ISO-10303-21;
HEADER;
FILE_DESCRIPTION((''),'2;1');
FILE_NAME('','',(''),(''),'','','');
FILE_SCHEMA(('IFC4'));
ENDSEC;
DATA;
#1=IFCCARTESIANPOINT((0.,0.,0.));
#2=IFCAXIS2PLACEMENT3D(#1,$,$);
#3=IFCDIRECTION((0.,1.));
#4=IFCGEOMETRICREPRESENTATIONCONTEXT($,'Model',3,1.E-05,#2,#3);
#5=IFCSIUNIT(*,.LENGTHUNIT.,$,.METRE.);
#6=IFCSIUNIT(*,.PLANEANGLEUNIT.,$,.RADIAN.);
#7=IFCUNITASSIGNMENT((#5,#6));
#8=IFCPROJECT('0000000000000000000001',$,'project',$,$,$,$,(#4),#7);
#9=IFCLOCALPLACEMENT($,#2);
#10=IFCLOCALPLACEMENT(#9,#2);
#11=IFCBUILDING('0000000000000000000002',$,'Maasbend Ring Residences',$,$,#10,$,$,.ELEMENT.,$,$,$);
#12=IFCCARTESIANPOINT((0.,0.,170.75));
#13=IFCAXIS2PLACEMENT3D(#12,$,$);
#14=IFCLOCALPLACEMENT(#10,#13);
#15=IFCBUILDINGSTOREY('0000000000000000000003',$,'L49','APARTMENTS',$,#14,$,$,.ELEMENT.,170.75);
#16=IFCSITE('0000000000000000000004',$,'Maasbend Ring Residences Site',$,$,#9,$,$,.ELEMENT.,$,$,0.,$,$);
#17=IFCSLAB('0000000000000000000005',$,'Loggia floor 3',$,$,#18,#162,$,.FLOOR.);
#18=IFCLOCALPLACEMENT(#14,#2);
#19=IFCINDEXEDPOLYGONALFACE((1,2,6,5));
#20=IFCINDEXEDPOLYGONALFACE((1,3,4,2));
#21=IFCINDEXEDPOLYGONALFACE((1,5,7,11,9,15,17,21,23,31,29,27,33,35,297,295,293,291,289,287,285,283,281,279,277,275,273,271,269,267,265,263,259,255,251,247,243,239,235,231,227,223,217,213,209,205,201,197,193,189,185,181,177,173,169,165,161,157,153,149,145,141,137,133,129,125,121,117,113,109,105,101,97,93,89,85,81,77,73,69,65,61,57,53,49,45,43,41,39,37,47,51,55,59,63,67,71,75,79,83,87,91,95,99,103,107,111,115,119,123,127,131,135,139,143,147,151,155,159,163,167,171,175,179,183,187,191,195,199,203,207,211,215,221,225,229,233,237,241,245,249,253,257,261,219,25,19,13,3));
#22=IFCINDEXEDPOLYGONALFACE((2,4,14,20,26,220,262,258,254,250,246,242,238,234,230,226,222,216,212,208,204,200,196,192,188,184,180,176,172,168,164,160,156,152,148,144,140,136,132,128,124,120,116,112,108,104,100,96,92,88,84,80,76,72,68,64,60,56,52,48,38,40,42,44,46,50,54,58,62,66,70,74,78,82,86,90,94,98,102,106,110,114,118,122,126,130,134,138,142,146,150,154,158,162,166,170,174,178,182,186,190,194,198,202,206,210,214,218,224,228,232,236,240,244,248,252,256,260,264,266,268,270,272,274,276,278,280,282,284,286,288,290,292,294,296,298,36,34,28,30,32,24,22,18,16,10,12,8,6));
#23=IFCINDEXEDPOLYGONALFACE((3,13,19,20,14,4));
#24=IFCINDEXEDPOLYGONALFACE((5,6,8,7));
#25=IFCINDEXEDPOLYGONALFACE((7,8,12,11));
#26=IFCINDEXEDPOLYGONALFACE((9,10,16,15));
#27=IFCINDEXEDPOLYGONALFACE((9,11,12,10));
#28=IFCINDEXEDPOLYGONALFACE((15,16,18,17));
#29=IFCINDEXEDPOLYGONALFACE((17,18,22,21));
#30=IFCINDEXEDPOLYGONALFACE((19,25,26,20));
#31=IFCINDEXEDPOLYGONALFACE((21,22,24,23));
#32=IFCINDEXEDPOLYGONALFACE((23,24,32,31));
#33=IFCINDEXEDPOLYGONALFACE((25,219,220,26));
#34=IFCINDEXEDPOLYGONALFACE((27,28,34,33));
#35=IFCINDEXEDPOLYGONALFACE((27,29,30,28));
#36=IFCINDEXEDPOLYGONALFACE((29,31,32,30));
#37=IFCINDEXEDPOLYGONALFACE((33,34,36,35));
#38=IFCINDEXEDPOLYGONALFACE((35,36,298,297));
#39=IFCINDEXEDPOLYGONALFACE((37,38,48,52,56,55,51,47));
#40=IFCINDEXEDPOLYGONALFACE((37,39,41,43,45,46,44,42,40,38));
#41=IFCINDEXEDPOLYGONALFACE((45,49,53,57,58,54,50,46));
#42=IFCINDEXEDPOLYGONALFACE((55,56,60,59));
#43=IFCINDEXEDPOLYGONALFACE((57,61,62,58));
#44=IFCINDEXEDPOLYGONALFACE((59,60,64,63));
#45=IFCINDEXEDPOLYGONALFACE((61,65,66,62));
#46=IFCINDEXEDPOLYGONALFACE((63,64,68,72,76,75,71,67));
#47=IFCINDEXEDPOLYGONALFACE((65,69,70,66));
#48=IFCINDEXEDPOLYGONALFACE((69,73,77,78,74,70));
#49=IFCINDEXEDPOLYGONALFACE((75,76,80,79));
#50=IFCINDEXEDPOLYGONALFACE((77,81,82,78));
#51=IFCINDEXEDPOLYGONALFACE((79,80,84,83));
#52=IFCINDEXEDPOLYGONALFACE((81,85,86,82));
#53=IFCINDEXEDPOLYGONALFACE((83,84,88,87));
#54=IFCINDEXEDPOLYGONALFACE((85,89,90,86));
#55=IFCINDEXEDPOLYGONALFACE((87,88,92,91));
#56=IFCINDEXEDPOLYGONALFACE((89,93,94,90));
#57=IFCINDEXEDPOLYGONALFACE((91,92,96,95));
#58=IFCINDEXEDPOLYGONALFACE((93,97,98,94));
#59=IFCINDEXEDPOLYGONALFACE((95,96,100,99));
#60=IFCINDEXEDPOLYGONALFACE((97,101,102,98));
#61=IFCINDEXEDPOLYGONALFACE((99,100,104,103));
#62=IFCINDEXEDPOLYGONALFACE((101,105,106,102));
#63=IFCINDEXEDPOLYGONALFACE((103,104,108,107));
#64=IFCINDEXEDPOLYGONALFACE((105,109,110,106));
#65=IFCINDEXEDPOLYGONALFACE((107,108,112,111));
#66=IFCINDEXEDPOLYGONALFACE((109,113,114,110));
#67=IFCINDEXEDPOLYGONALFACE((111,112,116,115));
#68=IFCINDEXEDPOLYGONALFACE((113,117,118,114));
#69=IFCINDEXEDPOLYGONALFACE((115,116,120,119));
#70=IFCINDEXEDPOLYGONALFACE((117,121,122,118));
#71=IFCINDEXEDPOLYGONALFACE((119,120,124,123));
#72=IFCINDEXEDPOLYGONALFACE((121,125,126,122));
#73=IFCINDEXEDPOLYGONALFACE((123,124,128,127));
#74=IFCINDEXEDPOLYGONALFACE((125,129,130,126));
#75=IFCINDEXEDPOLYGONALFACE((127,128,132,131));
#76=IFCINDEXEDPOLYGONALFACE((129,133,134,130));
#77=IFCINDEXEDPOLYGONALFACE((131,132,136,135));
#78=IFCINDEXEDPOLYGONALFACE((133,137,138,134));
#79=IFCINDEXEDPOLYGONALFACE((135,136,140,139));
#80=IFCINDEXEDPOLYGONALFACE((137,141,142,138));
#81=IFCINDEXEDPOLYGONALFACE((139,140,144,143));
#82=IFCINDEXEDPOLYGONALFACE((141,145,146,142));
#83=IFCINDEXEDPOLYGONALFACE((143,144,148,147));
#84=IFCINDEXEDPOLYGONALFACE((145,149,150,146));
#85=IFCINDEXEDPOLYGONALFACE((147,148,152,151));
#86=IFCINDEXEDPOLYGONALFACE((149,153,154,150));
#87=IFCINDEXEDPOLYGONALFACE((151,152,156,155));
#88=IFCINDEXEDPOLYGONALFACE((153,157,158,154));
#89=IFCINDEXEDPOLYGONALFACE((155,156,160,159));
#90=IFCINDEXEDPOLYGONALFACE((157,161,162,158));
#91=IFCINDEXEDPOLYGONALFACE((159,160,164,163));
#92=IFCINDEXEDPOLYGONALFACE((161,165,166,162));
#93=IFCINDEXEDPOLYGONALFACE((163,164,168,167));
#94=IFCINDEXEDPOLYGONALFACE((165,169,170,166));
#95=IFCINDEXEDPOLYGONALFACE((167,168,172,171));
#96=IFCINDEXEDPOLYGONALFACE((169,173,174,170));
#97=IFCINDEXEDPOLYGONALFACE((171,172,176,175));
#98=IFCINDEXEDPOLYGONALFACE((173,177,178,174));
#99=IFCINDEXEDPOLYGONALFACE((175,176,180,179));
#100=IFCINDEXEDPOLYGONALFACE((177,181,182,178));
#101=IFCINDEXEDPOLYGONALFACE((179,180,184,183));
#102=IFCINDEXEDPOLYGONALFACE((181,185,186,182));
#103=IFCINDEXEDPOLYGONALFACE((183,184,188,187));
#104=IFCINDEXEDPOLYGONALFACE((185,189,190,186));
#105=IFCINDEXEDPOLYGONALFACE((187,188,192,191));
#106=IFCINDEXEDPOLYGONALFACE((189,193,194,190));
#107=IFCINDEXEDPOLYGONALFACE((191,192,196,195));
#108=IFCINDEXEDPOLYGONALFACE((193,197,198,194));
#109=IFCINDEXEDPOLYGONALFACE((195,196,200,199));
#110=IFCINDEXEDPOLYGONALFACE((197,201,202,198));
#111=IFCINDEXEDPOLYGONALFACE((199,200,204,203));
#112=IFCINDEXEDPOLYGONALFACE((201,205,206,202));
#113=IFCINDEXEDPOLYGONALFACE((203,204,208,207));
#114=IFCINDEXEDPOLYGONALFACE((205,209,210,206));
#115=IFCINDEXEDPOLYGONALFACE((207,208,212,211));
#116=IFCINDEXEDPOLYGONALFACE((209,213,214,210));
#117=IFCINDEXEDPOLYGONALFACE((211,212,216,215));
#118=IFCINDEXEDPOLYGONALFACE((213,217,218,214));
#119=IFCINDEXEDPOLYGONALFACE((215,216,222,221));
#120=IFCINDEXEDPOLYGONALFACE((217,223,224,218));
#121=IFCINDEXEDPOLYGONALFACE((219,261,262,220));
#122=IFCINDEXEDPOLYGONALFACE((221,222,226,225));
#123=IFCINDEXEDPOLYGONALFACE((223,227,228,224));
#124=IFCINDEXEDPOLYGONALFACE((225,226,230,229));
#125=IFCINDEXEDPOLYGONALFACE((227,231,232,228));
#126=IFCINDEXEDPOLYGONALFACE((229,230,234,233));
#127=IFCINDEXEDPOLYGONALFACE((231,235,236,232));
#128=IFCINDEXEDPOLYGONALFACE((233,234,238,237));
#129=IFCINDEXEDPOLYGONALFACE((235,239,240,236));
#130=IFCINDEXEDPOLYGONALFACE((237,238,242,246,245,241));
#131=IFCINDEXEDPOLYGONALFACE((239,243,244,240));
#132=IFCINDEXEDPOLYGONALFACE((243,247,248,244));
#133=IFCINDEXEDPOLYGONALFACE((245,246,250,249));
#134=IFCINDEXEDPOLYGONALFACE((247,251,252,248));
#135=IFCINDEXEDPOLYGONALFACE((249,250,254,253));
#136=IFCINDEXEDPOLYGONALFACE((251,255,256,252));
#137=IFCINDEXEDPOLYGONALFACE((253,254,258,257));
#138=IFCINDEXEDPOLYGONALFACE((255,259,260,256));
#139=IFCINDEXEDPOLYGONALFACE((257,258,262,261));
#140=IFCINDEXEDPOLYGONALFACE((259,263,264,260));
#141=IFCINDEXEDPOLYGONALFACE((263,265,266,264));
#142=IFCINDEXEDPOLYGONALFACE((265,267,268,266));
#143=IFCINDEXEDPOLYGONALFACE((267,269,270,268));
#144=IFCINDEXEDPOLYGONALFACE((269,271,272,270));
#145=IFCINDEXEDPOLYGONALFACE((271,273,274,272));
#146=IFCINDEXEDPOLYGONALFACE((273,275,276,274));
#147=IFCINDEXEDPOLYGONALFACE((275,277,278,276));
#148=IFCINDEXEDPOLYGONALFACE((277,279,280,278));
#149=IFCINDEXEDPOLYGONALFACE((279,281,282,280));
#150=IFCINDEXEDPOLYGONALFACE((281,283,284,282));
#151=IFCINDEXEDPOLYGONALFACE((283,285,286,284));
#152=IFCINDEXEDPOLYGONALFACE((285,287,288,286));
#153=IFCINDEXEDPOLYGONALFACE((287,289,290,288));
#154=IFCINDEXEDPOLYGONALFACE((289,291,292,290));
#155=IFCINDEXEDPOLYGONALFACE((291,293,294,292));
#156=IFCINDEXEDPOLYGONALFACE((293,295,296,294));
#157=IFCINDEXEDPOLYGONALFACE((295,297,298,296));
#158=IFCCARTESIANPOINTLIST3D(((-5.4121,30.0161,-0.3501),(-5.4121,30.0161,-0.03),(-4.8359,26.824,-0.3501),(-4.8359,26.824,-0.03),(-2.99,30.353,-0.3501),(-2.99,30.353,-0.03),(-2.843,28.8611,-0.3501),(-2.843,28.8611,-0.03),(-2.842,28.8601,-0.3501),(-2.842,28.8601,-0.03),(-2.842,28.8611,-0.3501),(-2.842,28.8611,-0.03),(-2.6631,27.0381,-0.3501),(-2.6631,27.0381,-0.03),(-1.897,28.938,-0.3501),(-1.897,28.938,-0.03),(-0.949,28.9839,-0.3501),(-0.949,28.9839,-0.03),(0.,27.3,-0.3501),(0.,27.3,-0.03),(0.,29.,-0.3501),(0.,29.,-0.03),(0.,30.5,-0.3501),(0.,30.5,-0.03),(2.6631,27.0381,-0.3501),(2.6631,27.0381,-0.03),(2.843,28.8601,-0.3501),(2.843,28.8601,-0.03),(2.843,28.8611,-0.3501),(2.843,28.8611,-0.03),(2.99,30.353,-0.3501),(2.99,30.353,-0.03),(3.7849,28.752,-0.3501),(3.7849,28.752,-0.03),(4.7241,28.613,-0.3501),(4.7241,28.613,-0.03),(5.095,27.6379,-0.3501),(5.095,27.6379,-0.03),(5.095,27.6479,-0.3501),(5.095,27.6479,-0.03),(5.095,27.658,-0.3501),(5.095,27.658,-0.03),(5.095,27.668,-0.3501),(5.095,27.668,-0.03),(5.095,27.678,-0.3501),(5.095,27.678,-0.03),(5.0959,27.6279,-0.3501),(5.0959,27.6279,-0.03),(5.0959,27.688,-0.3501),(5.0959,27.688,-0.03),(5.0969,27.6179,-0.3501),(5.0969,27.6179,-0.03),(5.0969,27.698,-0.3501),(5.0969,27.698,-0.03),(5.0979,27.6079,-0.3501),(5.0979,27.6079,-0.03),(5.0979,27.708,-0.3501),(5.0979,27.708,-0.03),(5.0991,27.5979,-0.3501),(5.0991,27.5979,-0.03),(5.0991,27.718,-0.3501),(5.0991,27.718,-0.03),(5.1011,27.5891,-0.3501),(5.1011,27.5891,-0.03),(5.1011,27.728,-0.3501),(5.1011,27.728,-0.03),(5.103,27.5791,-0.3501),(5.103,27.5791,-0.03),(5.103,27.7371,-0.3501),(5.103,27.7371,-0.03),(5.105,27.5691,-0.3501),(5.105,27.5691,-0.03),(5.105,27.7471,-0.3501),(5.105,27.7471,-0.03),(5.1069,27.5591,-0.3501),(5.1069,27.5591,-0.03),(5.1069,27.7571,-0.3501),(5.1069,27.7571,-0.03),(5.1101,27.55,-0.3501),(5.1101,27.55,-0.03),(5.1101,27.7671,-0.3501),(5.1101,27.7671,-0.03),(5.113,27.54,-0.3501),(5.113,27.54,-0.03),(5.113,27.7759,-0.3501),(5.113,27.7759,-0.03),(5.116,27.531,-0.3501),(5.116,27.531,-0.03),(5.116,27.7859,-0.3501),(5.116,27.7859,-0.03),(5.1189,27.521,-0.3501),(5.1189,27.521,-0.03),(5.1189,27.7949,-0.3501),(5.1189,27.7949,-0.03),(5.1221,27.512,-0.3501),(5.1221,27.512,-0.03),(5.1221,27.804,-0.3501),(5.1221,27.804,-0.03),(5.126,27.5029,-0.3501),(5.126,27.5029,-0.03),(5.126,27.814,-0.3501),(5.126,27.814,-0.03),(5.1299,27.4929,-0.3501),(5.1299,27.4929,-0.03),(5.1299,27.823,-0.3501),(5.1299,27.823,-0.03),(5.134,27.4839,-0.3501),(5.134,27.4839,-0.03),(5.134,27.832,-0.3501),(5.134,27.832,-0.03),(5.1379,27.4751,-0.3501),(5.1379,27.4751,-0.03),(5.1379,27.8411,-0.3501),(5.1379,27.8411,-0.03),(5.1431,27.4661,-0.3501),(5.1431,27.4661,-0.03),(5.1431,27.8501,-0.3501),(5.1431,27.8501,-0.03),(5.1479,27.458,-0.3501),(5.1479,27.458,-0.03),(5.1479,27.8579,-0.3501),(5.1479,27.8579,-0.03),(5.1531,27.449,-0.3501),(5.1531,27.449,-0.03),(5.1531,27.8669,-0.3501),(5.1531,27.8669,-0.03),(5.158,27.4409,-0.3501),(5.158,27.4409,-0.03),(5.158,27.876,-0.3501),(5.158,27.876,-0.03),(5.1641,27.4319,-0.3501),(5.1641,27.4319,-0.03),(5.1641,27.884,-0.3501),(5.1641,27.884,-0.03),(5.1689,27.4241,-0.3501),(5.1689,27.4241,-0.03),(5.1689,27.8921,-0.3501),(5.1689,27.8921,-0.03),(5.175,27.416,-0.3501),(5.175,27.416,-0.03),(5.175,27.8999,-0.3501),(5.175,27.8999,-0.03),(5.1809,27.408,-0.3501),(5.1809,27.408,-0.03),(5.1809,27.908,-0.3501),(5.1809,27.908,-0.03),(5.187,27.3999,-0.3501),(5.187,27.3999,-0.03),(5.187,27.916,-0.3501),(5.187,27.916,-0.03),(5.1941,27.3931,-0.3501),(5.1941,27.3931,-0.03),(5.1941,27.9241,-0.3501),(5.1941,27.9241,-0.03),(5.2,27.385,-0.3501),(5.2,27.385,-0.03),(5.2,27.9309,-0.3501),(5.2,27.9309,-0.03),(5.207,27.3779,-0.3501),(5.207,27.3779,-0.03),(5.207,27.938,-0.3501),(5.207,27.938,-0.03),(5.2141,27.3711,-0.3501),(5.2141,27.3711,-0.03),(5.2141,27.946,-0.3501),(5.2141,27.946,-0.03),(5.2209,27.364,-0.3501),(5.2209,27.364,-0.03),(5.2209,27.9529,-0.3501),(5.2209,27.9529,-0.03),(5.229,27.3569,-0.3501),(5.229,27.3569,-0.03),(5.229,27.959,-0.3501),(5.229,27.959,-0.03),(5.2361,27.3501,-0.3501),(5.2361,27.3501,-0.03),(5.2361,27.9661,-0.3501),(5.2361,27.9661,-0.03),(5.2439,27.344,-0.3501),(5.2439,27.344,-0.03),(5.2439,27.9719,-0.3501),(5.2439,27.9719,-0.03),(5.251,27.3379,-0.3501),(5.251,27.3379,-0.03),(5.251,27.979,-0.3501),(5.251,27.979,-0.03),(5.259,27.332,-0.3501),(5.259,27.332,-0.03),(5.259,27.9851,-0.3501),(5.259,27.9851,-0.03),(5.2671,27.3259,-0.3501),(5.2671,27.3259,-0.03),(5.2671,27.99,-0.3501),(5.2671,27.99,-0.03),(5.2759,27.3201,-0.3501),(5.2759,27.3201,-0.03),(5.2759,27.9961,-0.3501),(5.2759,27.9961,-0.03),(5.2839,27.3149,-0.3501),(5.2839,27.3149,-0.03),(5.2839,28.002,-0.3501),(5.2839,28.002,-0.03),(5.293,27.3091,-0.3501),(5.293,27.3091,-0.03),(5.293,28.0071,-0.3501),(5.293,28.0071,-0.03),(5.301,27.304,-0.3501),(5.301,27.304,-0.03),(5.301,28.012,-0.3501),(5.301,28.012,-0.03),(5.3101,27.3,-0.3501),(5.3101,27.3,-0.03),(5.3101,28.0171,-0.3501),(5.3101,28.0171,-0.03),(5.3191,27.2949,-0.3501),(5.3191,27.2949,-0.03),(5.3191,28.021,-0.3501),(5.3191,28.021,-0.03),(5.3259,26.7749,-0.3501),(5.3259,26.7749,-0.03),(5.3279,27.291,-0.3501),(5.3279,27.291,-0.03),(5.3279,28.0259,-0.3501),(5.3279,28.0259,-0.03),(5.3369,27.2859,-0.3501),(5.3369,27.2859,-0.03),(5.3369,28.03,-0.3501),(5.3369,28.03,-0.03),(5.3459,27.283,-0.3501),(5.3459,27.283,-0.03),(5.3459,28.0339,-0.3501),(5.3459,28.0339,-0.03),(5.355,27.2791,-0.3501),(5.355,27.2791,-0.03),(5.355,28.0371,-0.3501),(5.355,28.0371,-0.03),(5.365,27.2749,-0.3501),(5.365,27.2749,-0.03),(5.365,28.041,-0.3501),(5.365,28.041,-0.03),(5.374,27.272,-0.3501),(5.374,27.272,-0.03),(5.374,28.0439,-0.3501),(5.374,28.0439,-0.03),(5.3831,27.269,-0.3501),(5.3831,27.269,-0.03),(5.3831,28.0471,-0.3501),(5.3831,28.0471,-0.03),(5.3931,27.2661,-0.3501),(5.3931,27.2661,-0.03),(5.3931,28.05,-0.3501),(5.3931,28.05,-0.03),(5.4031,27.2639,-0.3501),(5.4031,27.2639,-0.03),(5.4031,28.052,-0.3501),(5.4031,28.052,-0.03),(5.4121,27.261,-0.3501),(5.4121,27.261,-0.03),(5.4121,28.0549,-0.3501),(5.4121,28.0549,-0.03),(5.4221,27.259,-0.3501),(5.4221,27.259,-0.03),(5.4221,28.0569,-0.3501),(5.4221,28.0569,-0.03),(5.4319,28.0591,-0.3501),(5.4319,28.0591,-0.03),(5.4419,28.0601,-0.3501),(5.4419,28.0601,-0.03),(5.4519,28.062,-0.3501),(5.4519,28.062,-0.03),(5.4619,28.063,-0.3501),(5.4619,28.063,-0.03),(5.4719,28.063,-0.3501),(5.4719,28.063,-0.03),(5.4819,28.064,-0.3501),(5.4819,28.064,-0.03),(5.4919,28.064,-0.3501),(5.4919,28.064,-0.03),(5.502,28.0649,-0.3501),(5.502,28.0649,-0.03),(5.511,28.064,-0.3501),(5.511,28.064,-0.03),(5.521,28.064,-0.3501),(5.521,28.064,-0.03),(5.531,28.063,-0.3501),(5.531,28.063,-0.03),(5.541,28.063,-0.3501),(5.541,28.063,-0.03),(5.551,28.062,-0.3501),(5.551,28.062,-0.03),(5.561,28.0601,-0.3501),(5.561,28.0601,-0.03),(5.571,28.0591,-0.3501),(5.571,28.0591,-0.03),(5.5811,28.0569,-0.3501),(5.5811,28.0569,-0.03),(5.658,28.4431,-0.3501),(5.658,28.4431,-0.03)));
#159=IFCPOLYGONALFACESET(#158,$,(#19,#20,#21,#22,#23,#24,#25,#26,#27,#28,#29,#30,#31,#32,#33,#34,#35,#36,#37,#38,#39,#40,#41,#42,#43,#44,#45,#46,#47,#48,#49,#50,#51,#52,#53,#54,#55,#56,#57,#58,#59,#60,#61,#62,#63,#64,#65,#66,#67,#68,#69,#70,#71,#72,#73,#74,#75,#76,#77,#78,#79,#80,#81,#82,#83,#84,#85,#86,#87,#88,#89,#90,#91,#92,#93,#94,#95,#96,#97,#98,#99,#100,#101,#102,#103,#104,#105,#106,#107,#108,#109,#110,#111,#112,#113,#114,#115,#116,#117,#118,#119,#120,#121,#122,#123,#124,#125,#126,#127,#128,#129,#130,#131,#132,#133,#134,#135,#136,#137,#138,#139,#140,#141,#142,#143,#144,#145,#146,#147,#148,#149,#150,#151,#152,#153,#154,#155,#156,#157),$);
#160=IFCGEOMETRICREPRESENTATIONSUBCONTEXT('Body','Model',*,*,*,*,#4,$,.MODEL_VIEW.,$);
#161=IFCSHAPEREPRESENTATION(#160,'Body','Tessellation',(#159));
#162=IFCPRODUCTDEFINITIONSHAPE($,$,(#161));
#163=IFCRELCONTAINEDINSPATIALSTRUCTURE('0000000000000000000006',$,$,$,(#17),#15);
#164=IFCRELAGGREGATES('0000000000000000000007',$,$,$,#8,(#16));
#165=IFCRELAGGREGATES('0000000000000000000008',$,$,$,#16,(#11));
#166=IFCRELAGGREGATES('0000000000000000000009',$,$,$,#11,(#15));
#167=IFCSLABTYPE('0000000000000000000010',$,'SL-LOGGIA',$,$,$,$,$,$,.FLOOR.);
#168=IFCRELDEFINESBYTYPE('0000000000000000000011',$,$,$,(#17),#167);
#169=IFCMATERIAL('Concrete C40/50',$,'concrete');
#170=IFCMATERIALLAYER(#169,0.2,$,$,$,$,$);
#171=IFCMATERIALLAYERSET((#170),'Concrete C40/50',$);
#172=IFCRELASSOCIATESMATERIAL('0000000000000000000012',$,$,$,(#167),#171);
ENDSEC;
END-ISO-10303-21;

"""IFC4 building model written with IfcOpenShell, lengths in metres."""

from ifc_helpers import new_model, si_unit, direction, frame, origin, place, context, subcontext, project, spatial, polyline, outline, extrude, material, layer, layer_set, type_object, element, save


model = new_model("IFC4")

# Units and contexts
model_context = context("Model", 3, precision=1e-05, world=origin(), true_north=direction((0.0, 1.0)))
body_context = subcontext(model_context, "Body", "Model", "MODEL_VIEW")
ifc_project = project(units=[si_unit("LENGTHUNIT", "METRE"), si_unit("PLANEANGLEUNIT", "RADIAN")], contexts=[model_context])

# Site, building, storey
site_placement = place(None, origin())
site = spatial("IfcSite", under=ifc_project, at=site_placement, Name="Maasbend Ring Residences Site", CompositionType="ELEMENT", RefElevation=0.0)
building_placement = place(site_placement, origin())
building = spatial("IfcBuilding", under=site, at=building_placement, Name="Maasbend Ring Residences", CompositionType="ELEMENT")
storey_placement = place(building_placement, frame((0.0, 0.0, 170.75)))
storey = spatial("IfcBuildingStorey", under=building, at=storey_placement, Name="L49", Description="APARTMENTS", CompositionType="ELEMENT", Elevation=170.75)

# Slab
ifc_material_1 = material(Name="Concrete C40/50", Category="concrete")
ifc_layer_1 = layer(ifc_material_1, 0.2)
ifc_layer_set_1 = layer_set([ifc_layer_1], Name="Concrete C40/50")
slab_type_1 = type_object("IfcSlabType", Name="SL-LOGGIA", PredefinedType="FLOOR", material=ifc_layer_set_1)
slab_1_placement = place(storey_placement, frame((0.0, 0.0, -0.3501)))
element("IfcSlab", 1, at=slab_1_placement, inside=storey, type_object=slab_type_1, Name="Loggia floor 3", PredefinedType="FLOOR", context=body_context, shape_type="SweptSolid", body=[
    extrude(outline(polyline([(-2.843, 28.8611), (-2.843, 28.8611), (-2.843, 28.8611), (-2.843, 28.8611), (-2.842, 28.8611), (-2.842, 28.8611), (-2.842, 28.8611), (-2.842, 28.8611), (-2.842, 28.8611), (-2.842, 28.8601), (-2.842, 28.8601), (-2.842, 28.8601), (-2.842, 28.8601), (-2.842, 28.8601), (-2.842, 28.8601), (-2.842, 28.8601), (-2.842, 28.8601), (-1.897, 28.938), (-1.897, 28.938), (-0.949, 28.9839), (-0.949, 28.9839), (0.0, 29.0), (0.0, 29.0), (0.0, 29.0), (0.0, 29.0), (0.0, 29.0), (0.0, 29.0), (0.0, 29.0), (0.0, 29.0), (0.0, 29.0), (0.0, 29.0), (0.0, 29.0), (0.0, 29.0), (0.0, 29.0), (0.0, 29.0), (0.0, 29.0), (0.0, 29.0), (0.0, 29.0), (0.0, 30.5), (0.0, 30.5), (0.0, 30.5), (2.99, 30.353), (2.99, 30.353), (2.99, 30.353), (2.843, 28.8611), (2.843, 28.8611), (2.843, 28.8611), (2.843, 28.8611), (2.843, 28.8611), (2.843, 28.8611), (2.843, 28.8611), (2.843, 28.8611), (2.843, 28.8601), (2.843, 28.8601), (2.843, 28.8601), (2.843, 28.8601), (2.843, 28.8601), (2.843, 28.8601), (2.843, 28.8601), (2.843, 28.8601), (2.843, 28.8601), (3.7849, 28.752), (3.7849, 28.752), (4.7241, 28.613), (4.7241, 28.613), (5.658, 28.4431), (5.658, 28.4431), (5.658, 28.4431), (5.5811, 28.0569), (5.5811, 28.0569), (5.571, 28.0591), (5.561, 28.0601), (5.551, 28.062), (5.541, 28.063), (5.531, 28.063), (5.521, 28.064), (5.511, 28.064), (5.502, 28.0649), (5.4919, 28.064), (5.4819, 28.064), (5.4719, 28.063), (5.4619, 28.063), (5.4519, 28.062), (5.4419, 28.0601), (5.4319, 28.0591), (5.4221, 28.0569), (5.4121, 28.0549), (5.4031, 28.052), (5.3931, 28.05), (5.3831, 28.0471), (5.374, 28.0439), (5.365, 28.041), (5.355, 28.0371), (5.3459, 28.0339), (5.3369, 28.03), (5.3279, 28.0259), (5.3191, 28.021), (5.3101, 28.0171), (5.301, 28.012), (5.293, 28.0071), (5.2839, 28.002), (5.2759, 27.9961), (5.2671, 27.99), (5.259, 27.9851), (5.251, 27.979), (5.2439, 27.9719), (5.2361, 27.9661), (5.229, 27.959), (5.2209, 27.9529), (5.2141, 27.946), (5.207, 27.938), (5.2, 27.9309), (5.1941, 27.9241), (5.187, 27.916), (5.1809, 27.908), (5.175, 27.8999), (5.1689, 27.8921), (5.1641, 27.884), (5.158, 27.876), (5.1531, 27.8669), (5.1479, 27.8579), (5.1431, 27.8501), (5.1379, 27.8411), (5.134, 27.832), (5.1299, 27.823), (5.126, 27.814), (5.1221, 27.804), (5.1189, 27.7949), (5.116, 27.7859), (5.113, 27.7759), (5.1101, 27.7671), (5.1069, 27.7571), (5.105, 27.7471), (5.103, 27.7371), (5.1011, 27.728), (5.0991, 27.718), (5.0979, 27.708), (5.0969, 27.698), (5.0959, 27.688), (5.095, 27.678), (5.095, 27.668), (5.095, 27.658), (5.095, 27.6479), (5.095, 27.6379), (5.0959, 27.6279), (5.0969, 27.6179), (5.0979, 27.6079), (5.0991, 27.5979), (5.1011, 27.5891), (5.103, 27.5791), (5.105, 27.5691), (5.1069, 27.5591), (5.1101, 27.55), (5.113, 27.54), (5.116, 27.531), (5.1189, 27.521), (5.1221, 27.512), (5.126, 27.5029), (5.1299, 27.4929), (5.134, 27.4839), (5.1379, 27.4751), (5.1431, 27.4661), (5.1479, 27.458), (5.1531, 27.449), (5.158, 27.4409), (5.1641, 27.4319), (5.1689, 27.4241), (5.175, 27.416), (5.1809, 27.408), (5.187, 27.3999), (5.1941, 27.3931), (5.2, 27.385), (5.207, 27.3779), (5.2141, 27.3711), (5.2209, 27.364), (5.229, 27.3569), (5.2361, 27.3501), (5.2439, 27.344), (5.251, 27.3379), (5.259, 27.332), (5.2671, 27.3259), (5.2759, 27.3201), (5.2839, 27.3149), (5.293, 27.3091), (5.301, 27.304), (5.3101, 27.3), (5.3191, 27.2949), (5.3279, 27.291), (5.3369, 27.2859), (5.3459, 27.283), (5.355, 27.2791), (5.365, 27.2749), (5.374, 27.272), (5.3831, 27.269), (5.3931, 27.2661), (5.4031, 27.2639), (5.4121, 27.261), (5.4221, 27.259), (5.4221, 27.259), (5.3259, 26.7749), (5.3259, 26.7749), (5.3259, 26.7749), (2.6631, 27.0381), (0.0, 27.3), (0.0, 27.3), (0.0, 27.3), (-2.6631, 27.0381), (-4.8359, 26.824), (-4.8359, 26.824), (-4.8359, 26.824), (-5.4121, 30.0161), (-5.4121, 30.0161), (-5.4121, 30.0161), (-2.99, 30.353), (-2.99, 30.353), (-2.99, 30.353), (-2.843, 28.8611)])), origin(), (0.0, 0.0, 1.0), 0.3201),
])

save(model, "model.ifc")
